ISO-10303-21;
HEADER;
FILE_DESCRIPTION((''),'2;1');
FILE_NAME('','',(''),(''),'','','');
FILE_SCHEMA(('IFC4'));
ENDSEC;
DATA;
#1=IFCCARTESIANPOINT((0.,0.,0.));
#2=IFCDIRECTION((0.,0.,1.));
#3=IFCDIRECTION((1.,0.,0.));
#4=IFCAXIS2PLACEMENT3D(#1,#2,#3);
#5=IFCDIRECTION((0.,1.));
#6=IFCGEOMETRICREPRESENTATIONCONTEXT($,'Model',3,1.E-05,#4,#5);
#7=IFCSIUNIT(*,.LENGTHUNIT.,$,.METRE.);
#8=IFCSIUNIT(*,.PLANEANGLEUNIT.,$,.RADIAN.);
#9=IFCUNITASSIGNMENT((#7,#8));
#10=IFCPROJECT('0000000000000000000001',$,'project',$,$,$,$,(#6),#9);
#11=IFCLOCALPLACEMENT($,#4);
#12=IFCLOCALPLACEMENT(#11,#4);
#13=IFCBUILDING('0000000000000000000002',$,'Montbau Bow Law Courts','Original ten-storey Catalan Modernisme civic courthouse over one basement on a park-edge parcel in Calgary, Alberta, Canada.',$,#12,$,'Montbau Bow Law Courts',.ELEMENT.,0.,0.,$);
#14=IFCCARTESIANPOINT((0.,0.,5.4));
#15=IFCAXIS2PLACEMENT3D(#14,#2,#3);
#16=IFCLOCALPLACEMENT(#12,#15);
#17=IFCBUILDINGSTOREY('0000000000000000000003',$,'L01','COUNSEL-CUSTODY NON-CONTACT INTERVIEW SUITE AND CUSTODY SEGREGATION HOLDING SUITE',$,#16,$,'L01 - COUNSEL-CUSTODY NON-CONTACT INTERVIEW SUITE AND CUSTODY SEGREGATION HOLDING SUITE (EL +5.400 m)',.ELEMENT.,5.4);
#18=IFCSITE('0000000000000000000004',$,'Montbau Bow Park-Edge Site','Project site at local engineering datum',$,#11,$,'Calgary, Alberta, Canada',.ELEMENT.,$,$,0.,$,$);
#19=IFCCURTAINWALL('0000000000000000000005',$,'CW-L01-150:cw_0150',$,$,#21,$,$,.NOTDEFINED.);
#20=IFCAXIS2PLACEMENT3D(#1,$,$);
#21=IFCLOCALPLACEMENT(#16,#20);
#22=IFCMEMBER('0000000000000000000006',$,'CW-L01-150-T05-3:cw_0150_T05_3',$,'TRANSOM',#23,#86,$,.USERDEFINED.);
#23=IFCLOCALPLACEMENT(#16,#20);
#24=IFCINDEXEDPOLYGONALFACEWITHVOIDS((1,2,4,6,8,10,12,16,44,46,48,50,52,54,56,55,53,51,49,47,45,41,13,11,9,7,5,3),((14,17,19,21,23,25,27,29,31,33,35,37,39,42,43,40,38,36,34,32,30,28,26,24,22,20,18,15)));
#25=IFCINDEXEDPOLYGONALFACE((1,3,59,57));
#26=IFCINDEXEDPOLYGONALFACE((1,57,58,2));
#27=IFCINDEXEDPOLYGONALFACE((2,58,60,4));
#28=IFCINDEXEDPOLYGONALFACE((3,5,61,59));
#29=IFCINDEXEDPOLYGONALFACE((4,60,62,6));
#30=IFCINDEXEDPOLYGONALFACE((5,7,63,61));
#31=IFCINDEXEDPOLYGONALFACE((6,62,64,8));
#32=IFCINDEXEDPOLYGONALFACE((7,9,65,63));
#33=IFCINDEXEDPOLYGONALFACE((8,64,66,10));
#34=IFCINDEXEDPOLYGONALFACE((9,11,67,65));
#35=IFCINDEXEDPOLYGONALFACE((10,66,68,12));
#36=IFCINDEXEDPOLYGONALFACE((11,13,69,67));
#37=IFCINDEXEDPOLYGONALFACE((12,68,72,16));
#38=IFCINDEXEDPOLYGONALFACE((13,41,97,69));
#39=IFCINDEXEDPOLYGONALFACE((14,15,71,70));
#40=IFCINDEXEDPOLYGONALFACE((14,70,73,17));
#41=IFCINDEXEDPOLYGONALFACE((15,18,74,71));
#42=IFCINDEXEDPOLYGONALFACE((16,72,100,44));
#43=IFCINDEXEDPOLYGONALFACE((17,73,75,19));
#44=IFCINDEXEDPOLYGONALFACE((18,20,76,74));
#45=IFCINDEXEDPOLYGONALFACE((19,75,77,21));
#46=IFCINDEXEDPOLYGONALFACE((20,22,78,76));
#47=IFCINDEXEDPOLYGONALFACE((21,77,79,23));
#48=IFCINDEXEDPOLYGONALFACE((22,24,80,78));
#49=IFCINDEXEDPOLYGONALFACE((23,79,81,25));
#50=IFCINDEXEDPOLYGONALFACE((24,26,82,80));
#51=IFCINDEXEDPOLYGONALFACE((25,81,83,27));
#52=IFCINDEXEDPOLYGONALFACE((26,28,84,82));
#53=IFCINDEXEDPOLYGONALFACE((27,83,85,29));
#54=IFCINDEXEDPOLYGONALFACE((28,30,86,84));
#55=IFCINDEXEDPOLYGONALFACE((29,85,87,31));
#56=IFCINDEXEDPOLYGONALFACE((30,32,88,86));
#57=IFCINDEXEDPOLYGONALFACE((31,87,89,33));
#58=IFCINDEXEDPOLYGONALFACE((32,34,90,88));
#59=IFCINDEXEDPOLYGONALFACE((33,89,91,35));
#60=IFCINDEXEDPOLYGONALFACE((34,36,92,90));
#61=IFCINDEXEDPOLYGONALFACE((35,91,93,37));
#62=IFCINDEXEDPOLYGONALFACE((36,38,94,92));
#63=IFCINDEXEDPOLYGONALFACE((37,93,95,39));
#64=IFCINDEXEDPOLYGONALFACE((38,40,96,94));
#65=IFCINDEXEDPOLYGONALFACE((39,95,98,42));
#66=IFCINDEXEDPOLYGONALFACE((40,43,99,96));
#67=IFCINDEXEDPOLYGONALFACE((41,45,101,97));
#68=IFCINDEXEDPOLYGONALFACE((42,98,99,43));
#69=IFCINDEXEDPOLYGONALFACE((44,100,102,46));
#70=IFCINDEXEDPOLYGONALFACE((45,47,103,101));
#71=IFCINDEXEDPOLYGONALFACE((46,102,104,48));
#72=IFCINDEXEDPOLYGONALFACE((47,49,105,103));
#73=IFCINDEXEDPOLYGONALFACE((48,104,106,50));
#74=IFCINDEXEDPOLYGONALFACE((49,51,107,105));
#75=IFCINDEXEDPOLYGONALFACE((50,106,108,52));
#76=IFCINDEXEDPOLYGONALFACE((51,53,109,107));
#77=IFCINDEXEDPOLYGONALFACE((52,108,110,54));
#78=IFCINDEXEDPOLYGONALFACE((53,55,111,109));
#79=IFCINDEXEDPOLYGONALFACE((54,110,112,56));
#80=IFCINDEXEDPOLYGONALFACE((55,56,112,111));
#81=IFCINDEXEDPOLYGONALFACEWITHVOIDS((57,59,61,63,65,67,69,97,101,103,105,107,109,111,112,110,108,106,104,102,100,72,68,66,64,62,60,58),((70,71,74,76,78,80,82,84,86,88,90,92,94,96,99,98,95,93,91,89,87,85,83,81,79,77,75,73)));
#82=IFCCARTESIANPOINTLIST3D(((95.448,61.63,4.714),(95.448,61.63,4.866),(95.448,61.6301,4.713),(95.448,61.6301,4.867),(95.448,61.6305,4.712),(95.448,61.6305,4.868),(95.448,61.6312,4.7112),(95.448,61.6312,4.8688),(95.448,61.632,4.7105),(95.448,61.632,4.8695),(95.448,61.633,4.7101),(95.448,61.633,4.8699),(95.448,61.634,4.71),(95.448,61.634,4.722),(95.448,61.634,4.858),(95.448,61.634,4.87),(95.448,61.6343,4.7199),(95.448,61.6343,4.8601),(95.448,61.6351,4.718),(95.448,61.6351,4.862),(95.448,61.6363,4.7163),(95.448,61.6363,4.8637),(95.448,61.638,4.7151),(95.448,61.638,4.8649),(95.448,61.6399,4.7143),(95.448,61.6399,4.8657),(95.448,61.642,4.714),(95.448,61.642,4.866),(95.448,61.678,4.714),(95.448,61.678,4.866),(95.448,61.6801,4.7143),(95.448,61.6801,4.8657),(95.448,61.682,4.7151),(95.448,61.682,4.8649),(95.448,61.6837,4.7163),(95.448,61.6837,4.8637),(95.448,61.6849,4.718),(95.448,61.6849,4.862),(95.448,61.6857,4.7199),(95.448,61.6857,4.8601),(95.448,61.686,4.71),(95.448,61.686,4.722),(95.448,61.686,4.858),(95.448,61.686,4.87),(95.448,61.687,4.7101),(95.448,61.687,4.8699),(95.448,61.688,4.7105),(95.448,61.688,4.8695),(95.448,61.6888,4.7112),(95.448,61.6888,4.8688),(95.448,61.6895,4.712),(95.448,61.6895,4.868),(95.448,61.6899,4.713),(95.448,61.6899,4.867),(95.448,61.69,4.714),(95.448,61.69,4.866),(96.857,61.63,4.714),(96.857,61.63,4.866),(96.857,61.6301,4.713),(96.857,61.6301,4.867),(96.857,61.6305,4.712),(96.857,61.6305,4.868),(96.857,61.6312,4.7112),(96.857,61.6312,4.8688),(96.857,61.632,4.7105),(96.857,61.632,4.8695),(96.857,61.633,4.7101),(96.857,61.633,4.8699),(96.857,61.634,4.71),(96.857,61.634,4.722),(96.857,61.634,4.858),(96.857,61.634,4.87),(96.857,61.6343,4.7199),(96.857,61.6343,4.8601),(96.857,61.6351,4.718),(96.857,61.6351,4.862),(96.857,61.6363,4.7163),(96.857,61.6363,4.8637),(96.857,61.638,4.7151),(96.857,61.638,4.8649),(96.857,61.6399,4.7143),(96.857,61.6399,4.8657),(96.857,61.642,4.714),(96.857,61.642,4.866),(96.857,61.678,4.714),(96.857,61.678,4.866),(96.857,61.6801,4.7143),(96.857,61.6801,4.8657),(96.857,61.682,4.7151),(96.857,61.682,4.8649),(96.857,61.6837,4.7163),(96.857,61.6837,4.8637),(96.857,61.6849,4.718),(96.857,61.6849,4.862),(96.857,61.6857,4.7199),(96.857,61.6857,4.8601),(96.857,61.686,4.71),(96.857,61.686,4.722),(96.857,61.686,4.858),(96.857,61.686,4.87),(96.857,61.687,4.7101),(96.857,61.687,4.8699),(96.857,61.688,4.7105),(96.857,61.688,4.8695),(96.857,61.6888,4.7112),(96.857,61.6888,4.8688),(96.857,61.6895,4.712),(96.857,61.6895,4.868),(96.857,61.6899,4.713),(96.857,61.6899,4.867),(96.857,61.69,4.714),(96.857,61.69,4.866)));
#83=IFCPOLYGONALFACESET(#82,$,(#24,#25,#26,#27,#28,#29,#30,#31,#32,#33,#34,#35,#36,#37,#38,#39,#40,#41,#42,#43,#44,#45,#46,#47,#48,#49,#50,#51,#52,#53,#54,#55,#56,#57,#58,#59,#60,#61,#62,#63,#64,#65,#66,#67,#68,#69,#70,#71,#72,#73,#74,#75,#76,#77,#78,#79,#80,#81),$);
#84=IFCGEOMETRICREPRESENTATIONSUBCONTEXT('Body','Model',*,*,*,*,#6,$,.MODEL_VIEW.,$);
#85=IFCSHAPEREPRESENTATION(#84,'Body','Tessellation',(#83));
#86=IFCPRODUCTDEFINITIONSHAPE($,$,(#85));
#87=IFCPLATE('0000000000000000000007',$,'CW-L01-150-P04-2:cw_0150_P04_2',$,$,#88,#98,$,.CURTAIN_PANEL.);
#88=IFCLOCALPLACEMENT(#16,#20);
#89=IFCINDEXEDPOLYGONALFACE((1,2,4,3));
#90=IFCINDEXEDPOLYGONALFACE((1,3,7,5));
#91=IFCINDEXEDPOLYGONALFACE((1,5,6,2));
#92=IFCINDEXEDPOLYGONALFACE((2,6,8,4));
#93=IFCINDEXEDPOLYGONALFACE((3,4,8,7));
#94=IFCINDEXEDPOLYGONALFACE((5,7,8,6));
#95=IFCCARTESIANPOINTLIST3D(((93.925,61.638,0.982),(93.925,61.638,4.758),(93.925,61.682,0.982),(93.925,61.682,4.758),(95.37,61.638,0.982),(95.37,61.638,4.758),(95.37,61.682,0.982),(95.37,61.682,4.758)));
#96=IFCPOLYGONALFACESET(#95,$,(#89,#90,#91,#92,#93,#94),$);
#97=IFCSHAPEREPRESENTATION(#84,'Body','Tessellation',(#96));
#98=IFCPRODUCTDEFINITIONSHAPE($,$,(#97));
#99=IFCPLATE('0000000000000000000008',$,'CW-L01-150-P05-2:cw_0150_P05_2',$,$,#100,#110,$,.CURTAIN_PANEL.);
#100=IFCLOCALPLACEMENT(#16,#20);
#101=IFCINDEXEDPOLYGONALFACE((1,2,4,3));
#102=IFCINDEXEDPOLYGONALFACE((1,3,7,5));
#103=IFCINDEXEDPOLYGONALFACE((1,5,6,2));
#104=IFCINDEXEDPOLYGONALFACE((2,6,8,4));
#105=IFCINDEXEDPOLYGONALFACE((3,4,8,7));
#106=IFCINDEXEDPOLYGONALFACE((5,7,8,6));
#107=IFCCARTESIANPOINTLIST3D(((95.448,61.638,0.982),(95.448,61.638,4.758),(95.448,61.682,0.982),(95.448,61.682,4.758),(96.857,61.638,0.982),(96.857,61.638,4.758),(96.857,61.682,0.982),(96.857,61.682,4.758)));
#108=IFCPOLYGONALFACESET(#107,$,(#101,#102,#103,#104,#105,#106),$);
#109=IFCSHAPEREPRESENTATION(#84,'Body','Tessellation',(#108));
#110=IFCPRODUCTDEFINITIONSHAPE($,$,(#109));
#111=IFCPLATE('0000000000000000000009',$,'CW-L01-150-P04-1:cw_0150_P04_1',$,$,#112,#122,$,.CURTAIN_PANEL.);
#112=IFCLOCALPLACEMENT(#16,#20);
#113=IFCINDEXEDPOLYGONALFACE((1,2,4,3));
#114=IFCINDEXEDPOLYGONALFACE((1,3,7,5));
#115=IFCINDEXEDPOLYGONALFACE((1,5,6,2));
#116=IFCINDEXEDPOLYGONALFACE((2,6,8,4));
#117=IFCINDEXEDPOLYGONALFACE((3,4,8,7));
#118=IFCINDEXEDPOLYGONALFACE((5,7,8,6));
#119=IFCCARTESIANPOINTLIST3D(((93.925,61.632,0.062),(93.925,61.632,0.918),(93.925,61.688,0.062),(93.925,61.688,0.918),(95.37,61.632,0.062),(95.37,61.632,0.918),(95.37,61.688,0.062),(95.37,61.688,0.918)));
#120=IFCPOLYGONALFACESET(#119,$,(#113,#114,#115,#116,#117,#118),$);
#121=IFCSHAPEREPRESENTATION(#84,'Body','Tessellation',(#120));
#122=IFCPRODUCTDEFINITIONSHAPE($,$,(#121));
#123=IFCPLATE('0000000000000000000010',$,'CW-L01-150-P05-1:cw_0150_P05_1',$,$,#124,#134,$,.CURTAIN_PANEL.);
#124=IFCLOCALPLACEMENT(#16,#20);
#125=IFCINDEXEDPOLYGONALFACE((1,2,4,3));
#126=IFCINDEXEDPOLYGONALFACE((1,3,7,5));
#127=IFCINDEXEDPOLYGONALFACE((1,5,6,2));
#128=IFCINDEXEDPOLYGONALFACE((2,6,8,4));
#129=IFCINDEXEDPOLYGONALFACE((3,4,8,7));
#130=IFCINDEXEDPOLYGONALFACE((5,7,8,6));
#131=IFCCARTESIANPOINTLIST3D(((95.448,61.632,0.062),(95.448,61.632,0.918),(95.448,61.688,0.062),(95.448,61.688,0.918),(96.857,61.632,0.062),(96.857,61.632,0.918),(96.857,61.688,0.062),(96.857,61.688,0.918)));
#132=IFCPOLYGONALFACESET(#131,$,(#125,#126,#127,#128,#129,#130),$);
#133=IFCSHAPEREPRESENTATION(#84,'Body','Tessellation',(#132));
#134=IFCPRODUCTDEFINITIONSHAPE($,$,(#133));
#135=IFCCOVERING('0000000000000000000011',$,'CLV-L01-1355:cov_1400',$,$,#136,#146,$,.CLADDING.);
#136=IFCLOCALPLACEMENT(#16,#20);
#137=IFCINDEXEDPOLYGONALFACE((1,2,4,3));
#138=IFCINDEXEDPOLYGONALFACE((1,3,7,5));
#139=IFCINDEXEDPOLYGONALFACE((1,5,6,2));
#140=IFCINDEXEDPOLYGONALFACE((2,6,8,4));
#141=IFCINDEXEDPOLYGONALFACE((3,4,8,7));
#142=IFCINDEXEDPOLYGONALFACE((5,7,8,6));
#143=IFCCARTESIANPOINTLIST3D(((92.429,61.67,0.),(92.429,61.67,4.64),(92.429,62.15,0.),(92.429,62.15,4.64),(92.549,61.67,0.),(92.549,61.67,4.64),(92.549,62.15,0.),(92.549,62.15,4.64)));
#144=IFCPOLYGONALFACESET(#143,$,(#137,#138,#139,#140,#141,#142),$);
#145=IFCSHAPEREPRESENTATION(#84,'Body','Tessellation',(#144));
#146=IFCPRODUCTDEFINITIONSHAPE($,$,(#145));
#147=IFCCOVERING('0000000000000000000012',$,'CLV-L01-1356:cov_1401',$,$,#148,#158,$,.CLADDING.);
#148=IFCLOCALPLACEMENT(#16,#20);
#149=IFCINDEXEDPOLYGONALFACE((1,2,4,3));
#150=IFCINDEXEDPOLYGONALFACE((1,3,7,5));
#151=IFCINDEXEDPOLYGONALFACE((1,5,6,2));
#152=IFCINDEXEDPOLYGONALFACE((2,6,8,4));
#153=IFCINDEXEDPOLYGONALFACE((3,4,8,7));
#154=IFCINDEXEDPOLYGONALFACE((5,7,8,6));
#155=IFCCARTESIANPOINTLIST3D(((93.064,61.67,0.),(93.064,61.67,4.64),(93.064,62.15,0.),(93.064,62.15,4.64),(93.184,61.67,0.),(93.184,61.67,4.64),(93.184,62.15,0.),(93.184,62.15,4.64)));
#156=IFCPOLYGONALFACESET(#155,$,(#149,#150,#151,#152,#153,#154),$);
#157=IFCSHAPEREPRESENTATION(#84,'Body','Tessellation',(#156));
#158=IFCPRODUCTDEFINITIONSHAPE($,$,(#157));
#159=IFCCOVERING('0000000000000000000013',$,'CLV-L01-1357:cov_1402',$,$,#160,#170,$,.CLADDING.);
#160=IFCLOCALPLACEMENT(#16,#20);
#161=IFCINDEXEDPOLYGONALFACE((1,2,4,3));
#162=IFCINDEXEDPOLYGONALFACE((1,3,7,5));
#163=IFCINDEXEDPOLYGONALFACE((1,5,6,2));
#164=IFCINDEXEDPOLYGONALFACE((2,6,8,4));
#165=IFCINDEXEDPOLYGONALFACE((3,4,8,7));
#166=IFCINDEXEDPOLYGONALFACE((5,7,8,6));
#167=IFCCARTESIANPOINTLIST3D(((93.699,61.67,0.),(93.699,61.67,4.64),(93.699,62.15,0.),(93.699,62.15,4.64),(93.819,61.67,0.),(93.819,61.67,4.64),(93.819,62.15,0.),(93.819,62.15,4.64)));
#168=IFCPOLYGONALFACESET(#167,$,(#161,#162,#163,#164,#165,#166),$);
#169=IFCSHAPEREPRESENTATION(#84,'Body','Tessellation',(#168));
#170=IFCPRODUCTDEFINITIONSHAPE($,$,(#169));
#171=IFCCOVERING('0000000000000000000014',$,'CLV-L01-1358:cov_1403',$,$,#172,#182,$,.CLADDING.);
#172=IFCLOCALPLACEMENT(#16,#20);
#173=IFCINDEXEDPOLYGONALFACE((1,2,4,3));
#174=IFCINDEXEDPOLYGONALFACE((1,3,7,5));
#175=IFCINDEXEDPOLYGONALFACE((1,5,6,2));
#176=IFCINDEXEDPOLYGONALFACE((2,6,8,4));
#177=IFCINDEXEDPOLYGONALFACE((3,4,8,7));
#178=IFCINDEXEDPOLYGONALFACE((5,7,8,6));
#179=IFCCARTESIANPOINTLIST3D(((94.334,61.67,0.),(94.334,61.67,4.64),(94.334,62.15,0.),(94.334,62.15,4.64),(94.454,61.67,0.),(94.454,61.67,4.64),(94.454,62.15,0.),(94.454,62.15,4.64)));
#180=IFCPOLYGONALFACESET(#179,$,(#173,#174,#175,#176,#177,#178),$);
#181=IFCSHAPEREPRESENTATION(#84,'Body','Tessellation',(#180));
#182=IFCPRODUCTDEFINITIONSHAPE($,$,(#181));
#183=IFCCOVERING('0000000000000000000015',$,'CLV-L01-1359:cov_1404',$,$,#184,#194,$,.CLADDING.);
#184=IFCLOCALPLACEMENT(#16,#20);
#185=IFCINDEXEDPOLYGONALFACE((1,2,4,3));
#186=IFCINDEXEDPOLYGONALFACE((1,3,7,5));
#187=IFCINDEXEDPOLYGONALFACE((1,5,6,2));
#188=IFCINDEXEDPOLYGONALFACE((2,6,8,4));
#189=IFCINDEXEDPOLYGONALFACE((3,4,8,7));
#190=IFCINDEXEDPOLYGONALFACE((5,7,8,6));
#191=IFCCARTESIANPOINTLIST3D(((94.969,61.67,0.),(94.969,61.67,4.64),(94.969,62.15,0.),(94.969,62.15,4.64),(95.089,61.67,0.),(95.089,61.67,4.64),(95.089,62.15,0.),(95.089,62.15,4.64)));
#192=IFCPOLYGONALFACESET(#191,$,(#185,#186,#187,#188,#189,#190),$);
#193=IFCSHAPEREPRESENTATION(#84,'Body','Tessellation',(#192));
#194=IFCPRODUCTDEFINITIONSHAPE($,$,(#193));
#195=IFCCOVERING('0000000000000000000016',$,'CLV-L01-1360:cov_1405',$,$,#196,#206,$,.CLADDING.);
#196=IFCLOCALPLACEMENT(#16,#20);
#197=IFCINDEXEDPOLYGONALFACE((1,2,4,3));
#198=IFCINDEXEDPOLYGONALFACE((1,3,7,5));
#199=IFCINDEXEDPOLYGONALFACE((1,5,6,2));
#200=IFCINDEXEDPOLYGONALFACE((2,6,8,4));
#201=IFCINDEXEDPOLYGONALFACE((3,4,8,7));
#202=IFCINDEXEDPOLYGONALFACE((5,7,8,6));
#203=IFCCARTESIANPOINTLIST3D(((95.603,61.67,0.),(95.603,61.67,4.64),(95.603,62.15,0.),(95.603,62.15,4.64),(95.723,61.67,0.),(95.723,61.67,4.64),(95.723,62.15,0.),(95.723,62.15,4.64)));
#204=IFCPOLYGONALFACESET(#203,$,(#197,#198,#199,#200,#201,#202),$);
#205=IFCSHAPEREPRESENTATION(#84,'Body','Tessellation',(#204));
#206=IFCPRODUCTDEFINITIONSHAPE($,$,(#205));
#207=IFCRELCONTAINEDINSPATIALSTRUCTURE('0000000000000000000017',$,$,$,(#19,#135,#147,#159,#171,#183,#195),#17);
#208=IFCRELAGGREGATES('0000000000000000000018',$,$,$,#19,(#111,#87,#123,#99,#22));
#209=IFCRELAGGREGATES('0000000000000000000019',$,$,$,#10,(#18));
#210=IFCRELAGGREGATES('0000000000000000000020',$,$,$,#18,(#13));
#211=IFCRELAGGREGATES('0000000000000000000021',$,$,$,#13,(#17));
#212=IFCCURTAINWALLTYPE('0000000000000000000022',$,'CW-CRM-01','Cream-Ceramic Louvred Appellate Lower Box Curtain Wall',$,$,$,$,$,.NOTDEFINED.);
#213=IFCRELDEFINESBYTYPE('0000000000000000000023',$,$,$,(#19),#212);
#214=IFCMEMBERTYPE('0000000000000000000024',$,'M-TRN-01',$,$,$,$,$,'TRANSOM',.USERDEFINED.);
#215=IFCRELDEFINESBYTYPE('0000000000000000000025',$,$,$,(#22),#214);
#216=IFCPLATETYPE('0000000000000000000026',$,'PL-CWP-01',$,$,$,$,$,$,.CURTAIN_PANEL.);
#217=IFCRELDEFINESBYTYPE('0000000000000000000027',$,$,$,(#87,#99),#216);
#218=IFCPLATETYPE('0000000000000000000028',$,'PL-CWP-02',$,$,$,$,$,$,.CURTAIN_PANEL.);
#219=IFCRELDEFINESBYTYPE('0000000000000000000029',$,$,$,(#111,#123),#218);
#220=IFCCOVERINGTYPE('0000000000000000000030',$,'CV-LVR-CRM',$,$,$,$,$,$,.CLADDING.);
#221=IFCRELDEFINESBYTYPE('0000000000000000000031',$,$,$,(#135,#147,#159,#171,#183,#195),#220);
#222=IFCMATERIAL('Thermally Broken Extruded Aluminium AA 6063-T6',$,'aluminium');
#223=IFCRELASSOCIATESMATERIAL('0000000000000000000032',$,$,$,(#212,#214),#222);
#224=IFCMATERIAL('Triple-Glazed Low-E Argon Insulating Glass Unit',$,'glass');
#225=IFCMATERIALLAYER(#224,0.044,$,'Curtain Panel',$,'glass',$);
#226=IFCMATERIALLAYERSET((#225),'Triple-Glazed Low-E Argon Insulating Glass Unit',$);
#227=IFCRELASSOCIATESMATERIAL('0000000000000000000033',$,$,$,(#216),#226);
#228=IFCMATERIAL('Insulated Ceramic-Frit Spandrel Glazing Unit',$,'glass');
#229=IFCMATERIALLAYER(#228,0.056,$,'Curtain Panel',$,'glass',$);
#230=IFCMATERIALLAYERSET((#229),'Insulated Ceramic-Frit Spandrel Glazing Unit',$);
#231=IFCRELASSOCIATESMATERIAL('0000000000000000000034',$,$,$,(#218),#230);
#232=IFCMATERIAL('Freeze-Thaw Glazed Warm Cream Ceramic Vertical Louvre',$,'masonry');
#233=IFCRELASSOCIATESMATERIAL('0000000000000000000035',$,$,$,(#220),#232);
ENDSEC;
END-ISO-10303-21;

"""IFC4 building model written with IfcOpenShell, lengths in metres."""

from ifc_helpers import new_model, si_unit, direction, frame, frame_2d, origin_with_axes, origin_2d_with_axis, place, context, subcontext, project, spatial, rectangle, hollow_rectangle, extrude, material, layer, layer_set, material_profile, profile_set, type_object, element, aggregate, save


model = new_model("IFC4")

# Units and contexts
model_context = context("Model", 3, precision=1e-05, world=origin_with_axes(), true_north=direction((0.0, 1.0)))
body_context = subcontext(model_context, "Body", "Model", "MODEL_VIEW")
ifc_project = project(units=[si_unit("LENGTHUNIT", "METRE"), si_unit("PLANEANGLEUNIT", "RADIAN")], contexts=[model_context])

# Site, building, storey
site_placement = place(None, origin_with_axes())
site = spatial("IfcSite", under=ifc_project, at=site_placement, Name="Montbau Bow Park-Edge Site", Description="Project site at local engineering datum", LongName="Calgary, Alberta, Canada", CompositionType="ELEMENT", RefElevation=0.0)
building_placement = place(site_placement, origin_with_axes())
building = spatial("IfcBuilding", under=site, at=building_placement, Name="Montbau Bow Law Courts", Description="Original ten-storey Catalan Modernisme civic courthouse over one basement on a park-edge parcel in Calgary, Alberta, Canada.", LongName="Montbau Bow Law Courts", CompositionType="ELEMENT", ElevationOfRefHeight=0.0, ElevationOfTerrain=0.0)
storey_placement = place(building_placement, frame((0.0, 0.0, 5.4), z_axis=(0.0, 0.0, 1.0), x_axis=(1.0, 0.0, 0.0)))
storey = spatial("IfcBuildingStorey", under=building, at=storey_placement, Name="L01", Description="COUNSEL-CUSTODY NON-CONTACT INTERVIEW SUITE AND CUSTODY SEGREGATION HOLDING SUITE", LongName="L01 - COUNSEL-CUSTODY NON-CONTACT INTERVIEW SUITE AND CUSTODY SEGREGATION HOLDING SUITE (EL +5.400 m)", CompositionType="ELEMENT", Elevation=5.4)

# Curtain wall, member, plates
ifc_material_1 = material(Name="Thermally Broken Extruded Aluminium AA 6063-T6", Category="aluminium")
curtain_wall_type = type_object("IfcCurtainWallType", Name="CW-CRM-01", Description="Cream-Ceramic Louvred Appellate Lower Box Curtain Wall", PredefinedType="NOTDEFINED", material=ifc_material_1)
curtain_wall_placement = place(None, frame((89.315, 61.66, 5.4), z_axis=(0.0, 0.0, 1.0), x_axis=(1.0, 0.0, 0.0)))
curtain_wall = element("IfcCurtainWall", 1, at=curtain_wall_placement, inside=storey, type_object=curtain_wall_type, Name="CW-L01-150:cw_0150", PredefinedType="NOTDEFINED")
ifc_material_profile_1 = material_profile(ifc_material_1, hollow_rectangle(XDim=0.06, YDim=0.16, WallThickness=0.004, InnerFilletRadius=0.008, OuterFilletRadius=0.004, at=origin_2d_with_axis()), Name="CWT-160X60", Category="Main", Priority=0)
ifc_profile_set_1 = profile_set([ifc_material_profile_1], Name="Thermally Broken Extruded Aluminium AA 6063-T6")
member_type_1 = type_object("IfcMemberType", Name="M-TRN-01", ElementType="TRANSOM", PredefinedType="USERDEFINED", material=ifc_profile_set_1)
member_1_placement = place(None, frame((95.448, 61.66, 10.19), z_axis=(1.0, 0.0, 0.0), x_axis=(0.0, 1.0, 0.0)))
member_1 = element("IfcMember", 2, at=member_1_placement, type_object=member_type_1, Name="CW-L01-150-T05-3:cw_0150_T05_3", ObjectType="TRANSOM", PredefinedType="USERDEFINED", context=body_context, shape_type="SweptSolid", body=[
    extrude(hollow_rectangle(XDim=0.06, YDim=0.16, WallThickness=0.004, InnerFilletRadius=0.008, OuterFilletRadius=0.004, at=origin_2d_with_axis()), origin_with_axes(), (0.0, 0.0, 1.0), 1.409),
])
ifc_material_2 = material(Name="Triple-Glazed Low-E Argon Insulating Glass Unit", Category="glass")
ifc_layer_1 = layer(ifc_material_2, 0.044, Name="Curtain Panel", Category="glass")
ifc_layer_set_1 = layer_set([ifc_layer_1], Name="Triple-Glazed Low-E Argon Insulating Glass Unit")
plate_type_1 = type_object("IfcPlateType", Name="PL-CWP-01", PredefinedType="CURTAIN_PANEL", material=ifc_layer_set_1)
plate_1_placement = place(None, frame((93.925, 61.66, 6.382), z_axis=(0.0, -1.0, 0.0), x_axis=(1.0, 0.0, 0.0)))
plate_1 = element("IfcPlate", 3, at=plate_1_placement, type_object=plate_type_1, Name="CW-L01-150-P04-2:cw_0150_P04_2", PredefinedType="CURTAIN_PANEL", context=body_context, shape_type="SweptSolid", body=[
    extrude(rectangle(XDim=1.445, YDim=3.776, at=frame_2d((0.7225, 1.888), x_axis=(1.0, 0.0))), frame((0.0, 0.0, -0.022), z_axis=(0.0, 0.0, 1.0), x_axis=(1.0, 0.0, 0.0)), (0.0, 0.0, 1.0), 0.044),
])
plate_2_placement = place(None, frame((95.448, 61.66, 6.382), z_axis=(0.0, -1.0, 0.0), x_axis=(1.0, 0.0, 0.0)))
plate_2 = element("IfcPlate", 4, at=plate_2_placement, type_object=plate_type_1, Name="CW-L01-150-P05-2:cw_0150_P05_2", PredefinedType="CURTAIN_PANEL", context=body_context, shape_type="SweptSolid", body=[
    extrude(rectangle(XDim=1.409, YDim=3.776, at=frame_2d((0.7045, 1.888), x_axis=(1.0, 0.0))), frame((0.0, 0.0, -0.022), z_axis=(0.0, 0.0, 1.0), x_axis=(1.0, 0.0, 0.0)), (0.0, 0.0, 1.0), 0.044),
])
ifc_material_3 = material(Name="Insulated Ceramic-Frit Spandrel Glazing Unit", Category="glass")
ifc_layer_2 = layer(ifc_material_3, 0.056, Name="Curtain Panel", Category="glass")
ifc_layer_set_2 = layer_set([ifc_layer_2], Name="Insulated Ceramic-Frit Spandrel Glazing Unit")
plate_type_2 = type_object("IfcPlateType", Name="PL-CWP-02", PredefinedType="CURTAIN_PANEL", material=ifc_layer_set_2)
plate_3_placement = place(None, frame((93.925, 61.66, 5.462), z_axis=(0.0, -1.0, 0.0), x_axis=(1.0, 0.0, 0.0)))
plate_3 = element("IfcPlate", 5, at=plate_3_placement, type_object=plate_type_2, Name="CW-L01-150-P04-1:cw_0150_P04_1", PredefinedType="CURTAIN_PANEL", context=body_context, shape_type="SweptSolid", body=[
    extrude(rectangle(XDim=1.445, YDim=0.856, at=frame_2d((0.7225, 0.428), x_axis=(1.0, 0.0))), frame((0.0, 0.0, -0.028), z_axis=(0.0, 0.0, 1.0), x_axis=(1.0, 0.0, 0.0)), (0.0, 0.0, 1.0), 0.056),
])
plate_4_placement = place(None, frame((95.448, 61.66, 5.462), z_axis=(0.0, -1.0, 0.0), x_axis=(1.0, 0.0, 0.0)))
plate_4 = element("IfcPlate", 6, at=plate_4_placement, type_object=plate_type_2, Name="CW-L01-150-P05-1:cw_0150_P05_1", PredefinedType="CURTAIN_PANEL", context=body_context, shape_type="SweptSolid", body=[
    extrude(rectangle(XDim=1.409, YDim=0.856, at=frame_2d((0.7045, 0.428), x_axis=(1.0, 0.0))), frame((0.0, 0.0, -0.028), z_axis=(0.0, 0.0, 1.0), x_axis=(1.0, 0.0, 0.0)), (0.0, 0.0, 1.0), 0.056),
])
aggregate(curtain_wall, [plate_3, plate_1, plate_4, plate_2, member_1])

# Coverings
ifc_material_4 = material(Name="Freeze-Thaw Glazed Warm Cream Ceramic Vertical Louvre", Category="masonry")
covering_type = type_object("IfcCoveringType", Name="CV-LVR-CRM", PredefinedType="CLADDING", material=ifc_material_4)
for number, where, z_axis, x_axis, name in (
    (7, (92.489, 61.67, 5.4), (1.0, 0.0, 0.0), (0.0, 1.0, 0.0), "CLV-L01-1355:cov_1400"),
    (8, (93.124, 61.67, 5.4), (1.0, 0.0, 0.0), (0.0, 1.0, 0.0), "CLV-L01-1356:cov_1401"),
    (9, (93.759, 61.67, 5.4), (1.0, 0.0, 0.0), (0.0, 1.0, 0.0), "CLV-L01-1357:cov_1402"),
    (10, (94.394, 61.67, 5.4), (1.0, 0.0, 0.0), (0.0, 1.0, 0.0), "CLV-L01-1358:cov_1403"),
    (11, (95.029, 61.67, 5.4), (1.0, 0.0, 0.0), (0.0, 1.0, 0.0), "CLV-L01-1359:cov_1404"),
    (12, (95.663, 61.67, 5.4), (1.0, 0.0, 0.0), (0.0, 1.0, 0.0), "CLV-L01-1360:cov_1405"),
):
    element("IfcCovering", number, at=place(None, frame(where, z_axis=z_axis, x_axis=x_axis)), inside=storey, type_object=covering_type, Name=name, PredefinedType="CLADDING", context=body_context, shape_type="SweptSolid", body=[
        extrude(rectangle(XDim=0.48, YDim=4.64, at=frame_2d((0.24, 2.32), x_axis=(1.0, 0.0))), frame((0.0, 0.0, -0.06), z_axis=(0.0, 0.0, 1.0), x_axis=(1.0, 0.0, 0.0)), (0.0, 0.0, 1.0), 0.12),
    ])

save(model, "model.ifc")
